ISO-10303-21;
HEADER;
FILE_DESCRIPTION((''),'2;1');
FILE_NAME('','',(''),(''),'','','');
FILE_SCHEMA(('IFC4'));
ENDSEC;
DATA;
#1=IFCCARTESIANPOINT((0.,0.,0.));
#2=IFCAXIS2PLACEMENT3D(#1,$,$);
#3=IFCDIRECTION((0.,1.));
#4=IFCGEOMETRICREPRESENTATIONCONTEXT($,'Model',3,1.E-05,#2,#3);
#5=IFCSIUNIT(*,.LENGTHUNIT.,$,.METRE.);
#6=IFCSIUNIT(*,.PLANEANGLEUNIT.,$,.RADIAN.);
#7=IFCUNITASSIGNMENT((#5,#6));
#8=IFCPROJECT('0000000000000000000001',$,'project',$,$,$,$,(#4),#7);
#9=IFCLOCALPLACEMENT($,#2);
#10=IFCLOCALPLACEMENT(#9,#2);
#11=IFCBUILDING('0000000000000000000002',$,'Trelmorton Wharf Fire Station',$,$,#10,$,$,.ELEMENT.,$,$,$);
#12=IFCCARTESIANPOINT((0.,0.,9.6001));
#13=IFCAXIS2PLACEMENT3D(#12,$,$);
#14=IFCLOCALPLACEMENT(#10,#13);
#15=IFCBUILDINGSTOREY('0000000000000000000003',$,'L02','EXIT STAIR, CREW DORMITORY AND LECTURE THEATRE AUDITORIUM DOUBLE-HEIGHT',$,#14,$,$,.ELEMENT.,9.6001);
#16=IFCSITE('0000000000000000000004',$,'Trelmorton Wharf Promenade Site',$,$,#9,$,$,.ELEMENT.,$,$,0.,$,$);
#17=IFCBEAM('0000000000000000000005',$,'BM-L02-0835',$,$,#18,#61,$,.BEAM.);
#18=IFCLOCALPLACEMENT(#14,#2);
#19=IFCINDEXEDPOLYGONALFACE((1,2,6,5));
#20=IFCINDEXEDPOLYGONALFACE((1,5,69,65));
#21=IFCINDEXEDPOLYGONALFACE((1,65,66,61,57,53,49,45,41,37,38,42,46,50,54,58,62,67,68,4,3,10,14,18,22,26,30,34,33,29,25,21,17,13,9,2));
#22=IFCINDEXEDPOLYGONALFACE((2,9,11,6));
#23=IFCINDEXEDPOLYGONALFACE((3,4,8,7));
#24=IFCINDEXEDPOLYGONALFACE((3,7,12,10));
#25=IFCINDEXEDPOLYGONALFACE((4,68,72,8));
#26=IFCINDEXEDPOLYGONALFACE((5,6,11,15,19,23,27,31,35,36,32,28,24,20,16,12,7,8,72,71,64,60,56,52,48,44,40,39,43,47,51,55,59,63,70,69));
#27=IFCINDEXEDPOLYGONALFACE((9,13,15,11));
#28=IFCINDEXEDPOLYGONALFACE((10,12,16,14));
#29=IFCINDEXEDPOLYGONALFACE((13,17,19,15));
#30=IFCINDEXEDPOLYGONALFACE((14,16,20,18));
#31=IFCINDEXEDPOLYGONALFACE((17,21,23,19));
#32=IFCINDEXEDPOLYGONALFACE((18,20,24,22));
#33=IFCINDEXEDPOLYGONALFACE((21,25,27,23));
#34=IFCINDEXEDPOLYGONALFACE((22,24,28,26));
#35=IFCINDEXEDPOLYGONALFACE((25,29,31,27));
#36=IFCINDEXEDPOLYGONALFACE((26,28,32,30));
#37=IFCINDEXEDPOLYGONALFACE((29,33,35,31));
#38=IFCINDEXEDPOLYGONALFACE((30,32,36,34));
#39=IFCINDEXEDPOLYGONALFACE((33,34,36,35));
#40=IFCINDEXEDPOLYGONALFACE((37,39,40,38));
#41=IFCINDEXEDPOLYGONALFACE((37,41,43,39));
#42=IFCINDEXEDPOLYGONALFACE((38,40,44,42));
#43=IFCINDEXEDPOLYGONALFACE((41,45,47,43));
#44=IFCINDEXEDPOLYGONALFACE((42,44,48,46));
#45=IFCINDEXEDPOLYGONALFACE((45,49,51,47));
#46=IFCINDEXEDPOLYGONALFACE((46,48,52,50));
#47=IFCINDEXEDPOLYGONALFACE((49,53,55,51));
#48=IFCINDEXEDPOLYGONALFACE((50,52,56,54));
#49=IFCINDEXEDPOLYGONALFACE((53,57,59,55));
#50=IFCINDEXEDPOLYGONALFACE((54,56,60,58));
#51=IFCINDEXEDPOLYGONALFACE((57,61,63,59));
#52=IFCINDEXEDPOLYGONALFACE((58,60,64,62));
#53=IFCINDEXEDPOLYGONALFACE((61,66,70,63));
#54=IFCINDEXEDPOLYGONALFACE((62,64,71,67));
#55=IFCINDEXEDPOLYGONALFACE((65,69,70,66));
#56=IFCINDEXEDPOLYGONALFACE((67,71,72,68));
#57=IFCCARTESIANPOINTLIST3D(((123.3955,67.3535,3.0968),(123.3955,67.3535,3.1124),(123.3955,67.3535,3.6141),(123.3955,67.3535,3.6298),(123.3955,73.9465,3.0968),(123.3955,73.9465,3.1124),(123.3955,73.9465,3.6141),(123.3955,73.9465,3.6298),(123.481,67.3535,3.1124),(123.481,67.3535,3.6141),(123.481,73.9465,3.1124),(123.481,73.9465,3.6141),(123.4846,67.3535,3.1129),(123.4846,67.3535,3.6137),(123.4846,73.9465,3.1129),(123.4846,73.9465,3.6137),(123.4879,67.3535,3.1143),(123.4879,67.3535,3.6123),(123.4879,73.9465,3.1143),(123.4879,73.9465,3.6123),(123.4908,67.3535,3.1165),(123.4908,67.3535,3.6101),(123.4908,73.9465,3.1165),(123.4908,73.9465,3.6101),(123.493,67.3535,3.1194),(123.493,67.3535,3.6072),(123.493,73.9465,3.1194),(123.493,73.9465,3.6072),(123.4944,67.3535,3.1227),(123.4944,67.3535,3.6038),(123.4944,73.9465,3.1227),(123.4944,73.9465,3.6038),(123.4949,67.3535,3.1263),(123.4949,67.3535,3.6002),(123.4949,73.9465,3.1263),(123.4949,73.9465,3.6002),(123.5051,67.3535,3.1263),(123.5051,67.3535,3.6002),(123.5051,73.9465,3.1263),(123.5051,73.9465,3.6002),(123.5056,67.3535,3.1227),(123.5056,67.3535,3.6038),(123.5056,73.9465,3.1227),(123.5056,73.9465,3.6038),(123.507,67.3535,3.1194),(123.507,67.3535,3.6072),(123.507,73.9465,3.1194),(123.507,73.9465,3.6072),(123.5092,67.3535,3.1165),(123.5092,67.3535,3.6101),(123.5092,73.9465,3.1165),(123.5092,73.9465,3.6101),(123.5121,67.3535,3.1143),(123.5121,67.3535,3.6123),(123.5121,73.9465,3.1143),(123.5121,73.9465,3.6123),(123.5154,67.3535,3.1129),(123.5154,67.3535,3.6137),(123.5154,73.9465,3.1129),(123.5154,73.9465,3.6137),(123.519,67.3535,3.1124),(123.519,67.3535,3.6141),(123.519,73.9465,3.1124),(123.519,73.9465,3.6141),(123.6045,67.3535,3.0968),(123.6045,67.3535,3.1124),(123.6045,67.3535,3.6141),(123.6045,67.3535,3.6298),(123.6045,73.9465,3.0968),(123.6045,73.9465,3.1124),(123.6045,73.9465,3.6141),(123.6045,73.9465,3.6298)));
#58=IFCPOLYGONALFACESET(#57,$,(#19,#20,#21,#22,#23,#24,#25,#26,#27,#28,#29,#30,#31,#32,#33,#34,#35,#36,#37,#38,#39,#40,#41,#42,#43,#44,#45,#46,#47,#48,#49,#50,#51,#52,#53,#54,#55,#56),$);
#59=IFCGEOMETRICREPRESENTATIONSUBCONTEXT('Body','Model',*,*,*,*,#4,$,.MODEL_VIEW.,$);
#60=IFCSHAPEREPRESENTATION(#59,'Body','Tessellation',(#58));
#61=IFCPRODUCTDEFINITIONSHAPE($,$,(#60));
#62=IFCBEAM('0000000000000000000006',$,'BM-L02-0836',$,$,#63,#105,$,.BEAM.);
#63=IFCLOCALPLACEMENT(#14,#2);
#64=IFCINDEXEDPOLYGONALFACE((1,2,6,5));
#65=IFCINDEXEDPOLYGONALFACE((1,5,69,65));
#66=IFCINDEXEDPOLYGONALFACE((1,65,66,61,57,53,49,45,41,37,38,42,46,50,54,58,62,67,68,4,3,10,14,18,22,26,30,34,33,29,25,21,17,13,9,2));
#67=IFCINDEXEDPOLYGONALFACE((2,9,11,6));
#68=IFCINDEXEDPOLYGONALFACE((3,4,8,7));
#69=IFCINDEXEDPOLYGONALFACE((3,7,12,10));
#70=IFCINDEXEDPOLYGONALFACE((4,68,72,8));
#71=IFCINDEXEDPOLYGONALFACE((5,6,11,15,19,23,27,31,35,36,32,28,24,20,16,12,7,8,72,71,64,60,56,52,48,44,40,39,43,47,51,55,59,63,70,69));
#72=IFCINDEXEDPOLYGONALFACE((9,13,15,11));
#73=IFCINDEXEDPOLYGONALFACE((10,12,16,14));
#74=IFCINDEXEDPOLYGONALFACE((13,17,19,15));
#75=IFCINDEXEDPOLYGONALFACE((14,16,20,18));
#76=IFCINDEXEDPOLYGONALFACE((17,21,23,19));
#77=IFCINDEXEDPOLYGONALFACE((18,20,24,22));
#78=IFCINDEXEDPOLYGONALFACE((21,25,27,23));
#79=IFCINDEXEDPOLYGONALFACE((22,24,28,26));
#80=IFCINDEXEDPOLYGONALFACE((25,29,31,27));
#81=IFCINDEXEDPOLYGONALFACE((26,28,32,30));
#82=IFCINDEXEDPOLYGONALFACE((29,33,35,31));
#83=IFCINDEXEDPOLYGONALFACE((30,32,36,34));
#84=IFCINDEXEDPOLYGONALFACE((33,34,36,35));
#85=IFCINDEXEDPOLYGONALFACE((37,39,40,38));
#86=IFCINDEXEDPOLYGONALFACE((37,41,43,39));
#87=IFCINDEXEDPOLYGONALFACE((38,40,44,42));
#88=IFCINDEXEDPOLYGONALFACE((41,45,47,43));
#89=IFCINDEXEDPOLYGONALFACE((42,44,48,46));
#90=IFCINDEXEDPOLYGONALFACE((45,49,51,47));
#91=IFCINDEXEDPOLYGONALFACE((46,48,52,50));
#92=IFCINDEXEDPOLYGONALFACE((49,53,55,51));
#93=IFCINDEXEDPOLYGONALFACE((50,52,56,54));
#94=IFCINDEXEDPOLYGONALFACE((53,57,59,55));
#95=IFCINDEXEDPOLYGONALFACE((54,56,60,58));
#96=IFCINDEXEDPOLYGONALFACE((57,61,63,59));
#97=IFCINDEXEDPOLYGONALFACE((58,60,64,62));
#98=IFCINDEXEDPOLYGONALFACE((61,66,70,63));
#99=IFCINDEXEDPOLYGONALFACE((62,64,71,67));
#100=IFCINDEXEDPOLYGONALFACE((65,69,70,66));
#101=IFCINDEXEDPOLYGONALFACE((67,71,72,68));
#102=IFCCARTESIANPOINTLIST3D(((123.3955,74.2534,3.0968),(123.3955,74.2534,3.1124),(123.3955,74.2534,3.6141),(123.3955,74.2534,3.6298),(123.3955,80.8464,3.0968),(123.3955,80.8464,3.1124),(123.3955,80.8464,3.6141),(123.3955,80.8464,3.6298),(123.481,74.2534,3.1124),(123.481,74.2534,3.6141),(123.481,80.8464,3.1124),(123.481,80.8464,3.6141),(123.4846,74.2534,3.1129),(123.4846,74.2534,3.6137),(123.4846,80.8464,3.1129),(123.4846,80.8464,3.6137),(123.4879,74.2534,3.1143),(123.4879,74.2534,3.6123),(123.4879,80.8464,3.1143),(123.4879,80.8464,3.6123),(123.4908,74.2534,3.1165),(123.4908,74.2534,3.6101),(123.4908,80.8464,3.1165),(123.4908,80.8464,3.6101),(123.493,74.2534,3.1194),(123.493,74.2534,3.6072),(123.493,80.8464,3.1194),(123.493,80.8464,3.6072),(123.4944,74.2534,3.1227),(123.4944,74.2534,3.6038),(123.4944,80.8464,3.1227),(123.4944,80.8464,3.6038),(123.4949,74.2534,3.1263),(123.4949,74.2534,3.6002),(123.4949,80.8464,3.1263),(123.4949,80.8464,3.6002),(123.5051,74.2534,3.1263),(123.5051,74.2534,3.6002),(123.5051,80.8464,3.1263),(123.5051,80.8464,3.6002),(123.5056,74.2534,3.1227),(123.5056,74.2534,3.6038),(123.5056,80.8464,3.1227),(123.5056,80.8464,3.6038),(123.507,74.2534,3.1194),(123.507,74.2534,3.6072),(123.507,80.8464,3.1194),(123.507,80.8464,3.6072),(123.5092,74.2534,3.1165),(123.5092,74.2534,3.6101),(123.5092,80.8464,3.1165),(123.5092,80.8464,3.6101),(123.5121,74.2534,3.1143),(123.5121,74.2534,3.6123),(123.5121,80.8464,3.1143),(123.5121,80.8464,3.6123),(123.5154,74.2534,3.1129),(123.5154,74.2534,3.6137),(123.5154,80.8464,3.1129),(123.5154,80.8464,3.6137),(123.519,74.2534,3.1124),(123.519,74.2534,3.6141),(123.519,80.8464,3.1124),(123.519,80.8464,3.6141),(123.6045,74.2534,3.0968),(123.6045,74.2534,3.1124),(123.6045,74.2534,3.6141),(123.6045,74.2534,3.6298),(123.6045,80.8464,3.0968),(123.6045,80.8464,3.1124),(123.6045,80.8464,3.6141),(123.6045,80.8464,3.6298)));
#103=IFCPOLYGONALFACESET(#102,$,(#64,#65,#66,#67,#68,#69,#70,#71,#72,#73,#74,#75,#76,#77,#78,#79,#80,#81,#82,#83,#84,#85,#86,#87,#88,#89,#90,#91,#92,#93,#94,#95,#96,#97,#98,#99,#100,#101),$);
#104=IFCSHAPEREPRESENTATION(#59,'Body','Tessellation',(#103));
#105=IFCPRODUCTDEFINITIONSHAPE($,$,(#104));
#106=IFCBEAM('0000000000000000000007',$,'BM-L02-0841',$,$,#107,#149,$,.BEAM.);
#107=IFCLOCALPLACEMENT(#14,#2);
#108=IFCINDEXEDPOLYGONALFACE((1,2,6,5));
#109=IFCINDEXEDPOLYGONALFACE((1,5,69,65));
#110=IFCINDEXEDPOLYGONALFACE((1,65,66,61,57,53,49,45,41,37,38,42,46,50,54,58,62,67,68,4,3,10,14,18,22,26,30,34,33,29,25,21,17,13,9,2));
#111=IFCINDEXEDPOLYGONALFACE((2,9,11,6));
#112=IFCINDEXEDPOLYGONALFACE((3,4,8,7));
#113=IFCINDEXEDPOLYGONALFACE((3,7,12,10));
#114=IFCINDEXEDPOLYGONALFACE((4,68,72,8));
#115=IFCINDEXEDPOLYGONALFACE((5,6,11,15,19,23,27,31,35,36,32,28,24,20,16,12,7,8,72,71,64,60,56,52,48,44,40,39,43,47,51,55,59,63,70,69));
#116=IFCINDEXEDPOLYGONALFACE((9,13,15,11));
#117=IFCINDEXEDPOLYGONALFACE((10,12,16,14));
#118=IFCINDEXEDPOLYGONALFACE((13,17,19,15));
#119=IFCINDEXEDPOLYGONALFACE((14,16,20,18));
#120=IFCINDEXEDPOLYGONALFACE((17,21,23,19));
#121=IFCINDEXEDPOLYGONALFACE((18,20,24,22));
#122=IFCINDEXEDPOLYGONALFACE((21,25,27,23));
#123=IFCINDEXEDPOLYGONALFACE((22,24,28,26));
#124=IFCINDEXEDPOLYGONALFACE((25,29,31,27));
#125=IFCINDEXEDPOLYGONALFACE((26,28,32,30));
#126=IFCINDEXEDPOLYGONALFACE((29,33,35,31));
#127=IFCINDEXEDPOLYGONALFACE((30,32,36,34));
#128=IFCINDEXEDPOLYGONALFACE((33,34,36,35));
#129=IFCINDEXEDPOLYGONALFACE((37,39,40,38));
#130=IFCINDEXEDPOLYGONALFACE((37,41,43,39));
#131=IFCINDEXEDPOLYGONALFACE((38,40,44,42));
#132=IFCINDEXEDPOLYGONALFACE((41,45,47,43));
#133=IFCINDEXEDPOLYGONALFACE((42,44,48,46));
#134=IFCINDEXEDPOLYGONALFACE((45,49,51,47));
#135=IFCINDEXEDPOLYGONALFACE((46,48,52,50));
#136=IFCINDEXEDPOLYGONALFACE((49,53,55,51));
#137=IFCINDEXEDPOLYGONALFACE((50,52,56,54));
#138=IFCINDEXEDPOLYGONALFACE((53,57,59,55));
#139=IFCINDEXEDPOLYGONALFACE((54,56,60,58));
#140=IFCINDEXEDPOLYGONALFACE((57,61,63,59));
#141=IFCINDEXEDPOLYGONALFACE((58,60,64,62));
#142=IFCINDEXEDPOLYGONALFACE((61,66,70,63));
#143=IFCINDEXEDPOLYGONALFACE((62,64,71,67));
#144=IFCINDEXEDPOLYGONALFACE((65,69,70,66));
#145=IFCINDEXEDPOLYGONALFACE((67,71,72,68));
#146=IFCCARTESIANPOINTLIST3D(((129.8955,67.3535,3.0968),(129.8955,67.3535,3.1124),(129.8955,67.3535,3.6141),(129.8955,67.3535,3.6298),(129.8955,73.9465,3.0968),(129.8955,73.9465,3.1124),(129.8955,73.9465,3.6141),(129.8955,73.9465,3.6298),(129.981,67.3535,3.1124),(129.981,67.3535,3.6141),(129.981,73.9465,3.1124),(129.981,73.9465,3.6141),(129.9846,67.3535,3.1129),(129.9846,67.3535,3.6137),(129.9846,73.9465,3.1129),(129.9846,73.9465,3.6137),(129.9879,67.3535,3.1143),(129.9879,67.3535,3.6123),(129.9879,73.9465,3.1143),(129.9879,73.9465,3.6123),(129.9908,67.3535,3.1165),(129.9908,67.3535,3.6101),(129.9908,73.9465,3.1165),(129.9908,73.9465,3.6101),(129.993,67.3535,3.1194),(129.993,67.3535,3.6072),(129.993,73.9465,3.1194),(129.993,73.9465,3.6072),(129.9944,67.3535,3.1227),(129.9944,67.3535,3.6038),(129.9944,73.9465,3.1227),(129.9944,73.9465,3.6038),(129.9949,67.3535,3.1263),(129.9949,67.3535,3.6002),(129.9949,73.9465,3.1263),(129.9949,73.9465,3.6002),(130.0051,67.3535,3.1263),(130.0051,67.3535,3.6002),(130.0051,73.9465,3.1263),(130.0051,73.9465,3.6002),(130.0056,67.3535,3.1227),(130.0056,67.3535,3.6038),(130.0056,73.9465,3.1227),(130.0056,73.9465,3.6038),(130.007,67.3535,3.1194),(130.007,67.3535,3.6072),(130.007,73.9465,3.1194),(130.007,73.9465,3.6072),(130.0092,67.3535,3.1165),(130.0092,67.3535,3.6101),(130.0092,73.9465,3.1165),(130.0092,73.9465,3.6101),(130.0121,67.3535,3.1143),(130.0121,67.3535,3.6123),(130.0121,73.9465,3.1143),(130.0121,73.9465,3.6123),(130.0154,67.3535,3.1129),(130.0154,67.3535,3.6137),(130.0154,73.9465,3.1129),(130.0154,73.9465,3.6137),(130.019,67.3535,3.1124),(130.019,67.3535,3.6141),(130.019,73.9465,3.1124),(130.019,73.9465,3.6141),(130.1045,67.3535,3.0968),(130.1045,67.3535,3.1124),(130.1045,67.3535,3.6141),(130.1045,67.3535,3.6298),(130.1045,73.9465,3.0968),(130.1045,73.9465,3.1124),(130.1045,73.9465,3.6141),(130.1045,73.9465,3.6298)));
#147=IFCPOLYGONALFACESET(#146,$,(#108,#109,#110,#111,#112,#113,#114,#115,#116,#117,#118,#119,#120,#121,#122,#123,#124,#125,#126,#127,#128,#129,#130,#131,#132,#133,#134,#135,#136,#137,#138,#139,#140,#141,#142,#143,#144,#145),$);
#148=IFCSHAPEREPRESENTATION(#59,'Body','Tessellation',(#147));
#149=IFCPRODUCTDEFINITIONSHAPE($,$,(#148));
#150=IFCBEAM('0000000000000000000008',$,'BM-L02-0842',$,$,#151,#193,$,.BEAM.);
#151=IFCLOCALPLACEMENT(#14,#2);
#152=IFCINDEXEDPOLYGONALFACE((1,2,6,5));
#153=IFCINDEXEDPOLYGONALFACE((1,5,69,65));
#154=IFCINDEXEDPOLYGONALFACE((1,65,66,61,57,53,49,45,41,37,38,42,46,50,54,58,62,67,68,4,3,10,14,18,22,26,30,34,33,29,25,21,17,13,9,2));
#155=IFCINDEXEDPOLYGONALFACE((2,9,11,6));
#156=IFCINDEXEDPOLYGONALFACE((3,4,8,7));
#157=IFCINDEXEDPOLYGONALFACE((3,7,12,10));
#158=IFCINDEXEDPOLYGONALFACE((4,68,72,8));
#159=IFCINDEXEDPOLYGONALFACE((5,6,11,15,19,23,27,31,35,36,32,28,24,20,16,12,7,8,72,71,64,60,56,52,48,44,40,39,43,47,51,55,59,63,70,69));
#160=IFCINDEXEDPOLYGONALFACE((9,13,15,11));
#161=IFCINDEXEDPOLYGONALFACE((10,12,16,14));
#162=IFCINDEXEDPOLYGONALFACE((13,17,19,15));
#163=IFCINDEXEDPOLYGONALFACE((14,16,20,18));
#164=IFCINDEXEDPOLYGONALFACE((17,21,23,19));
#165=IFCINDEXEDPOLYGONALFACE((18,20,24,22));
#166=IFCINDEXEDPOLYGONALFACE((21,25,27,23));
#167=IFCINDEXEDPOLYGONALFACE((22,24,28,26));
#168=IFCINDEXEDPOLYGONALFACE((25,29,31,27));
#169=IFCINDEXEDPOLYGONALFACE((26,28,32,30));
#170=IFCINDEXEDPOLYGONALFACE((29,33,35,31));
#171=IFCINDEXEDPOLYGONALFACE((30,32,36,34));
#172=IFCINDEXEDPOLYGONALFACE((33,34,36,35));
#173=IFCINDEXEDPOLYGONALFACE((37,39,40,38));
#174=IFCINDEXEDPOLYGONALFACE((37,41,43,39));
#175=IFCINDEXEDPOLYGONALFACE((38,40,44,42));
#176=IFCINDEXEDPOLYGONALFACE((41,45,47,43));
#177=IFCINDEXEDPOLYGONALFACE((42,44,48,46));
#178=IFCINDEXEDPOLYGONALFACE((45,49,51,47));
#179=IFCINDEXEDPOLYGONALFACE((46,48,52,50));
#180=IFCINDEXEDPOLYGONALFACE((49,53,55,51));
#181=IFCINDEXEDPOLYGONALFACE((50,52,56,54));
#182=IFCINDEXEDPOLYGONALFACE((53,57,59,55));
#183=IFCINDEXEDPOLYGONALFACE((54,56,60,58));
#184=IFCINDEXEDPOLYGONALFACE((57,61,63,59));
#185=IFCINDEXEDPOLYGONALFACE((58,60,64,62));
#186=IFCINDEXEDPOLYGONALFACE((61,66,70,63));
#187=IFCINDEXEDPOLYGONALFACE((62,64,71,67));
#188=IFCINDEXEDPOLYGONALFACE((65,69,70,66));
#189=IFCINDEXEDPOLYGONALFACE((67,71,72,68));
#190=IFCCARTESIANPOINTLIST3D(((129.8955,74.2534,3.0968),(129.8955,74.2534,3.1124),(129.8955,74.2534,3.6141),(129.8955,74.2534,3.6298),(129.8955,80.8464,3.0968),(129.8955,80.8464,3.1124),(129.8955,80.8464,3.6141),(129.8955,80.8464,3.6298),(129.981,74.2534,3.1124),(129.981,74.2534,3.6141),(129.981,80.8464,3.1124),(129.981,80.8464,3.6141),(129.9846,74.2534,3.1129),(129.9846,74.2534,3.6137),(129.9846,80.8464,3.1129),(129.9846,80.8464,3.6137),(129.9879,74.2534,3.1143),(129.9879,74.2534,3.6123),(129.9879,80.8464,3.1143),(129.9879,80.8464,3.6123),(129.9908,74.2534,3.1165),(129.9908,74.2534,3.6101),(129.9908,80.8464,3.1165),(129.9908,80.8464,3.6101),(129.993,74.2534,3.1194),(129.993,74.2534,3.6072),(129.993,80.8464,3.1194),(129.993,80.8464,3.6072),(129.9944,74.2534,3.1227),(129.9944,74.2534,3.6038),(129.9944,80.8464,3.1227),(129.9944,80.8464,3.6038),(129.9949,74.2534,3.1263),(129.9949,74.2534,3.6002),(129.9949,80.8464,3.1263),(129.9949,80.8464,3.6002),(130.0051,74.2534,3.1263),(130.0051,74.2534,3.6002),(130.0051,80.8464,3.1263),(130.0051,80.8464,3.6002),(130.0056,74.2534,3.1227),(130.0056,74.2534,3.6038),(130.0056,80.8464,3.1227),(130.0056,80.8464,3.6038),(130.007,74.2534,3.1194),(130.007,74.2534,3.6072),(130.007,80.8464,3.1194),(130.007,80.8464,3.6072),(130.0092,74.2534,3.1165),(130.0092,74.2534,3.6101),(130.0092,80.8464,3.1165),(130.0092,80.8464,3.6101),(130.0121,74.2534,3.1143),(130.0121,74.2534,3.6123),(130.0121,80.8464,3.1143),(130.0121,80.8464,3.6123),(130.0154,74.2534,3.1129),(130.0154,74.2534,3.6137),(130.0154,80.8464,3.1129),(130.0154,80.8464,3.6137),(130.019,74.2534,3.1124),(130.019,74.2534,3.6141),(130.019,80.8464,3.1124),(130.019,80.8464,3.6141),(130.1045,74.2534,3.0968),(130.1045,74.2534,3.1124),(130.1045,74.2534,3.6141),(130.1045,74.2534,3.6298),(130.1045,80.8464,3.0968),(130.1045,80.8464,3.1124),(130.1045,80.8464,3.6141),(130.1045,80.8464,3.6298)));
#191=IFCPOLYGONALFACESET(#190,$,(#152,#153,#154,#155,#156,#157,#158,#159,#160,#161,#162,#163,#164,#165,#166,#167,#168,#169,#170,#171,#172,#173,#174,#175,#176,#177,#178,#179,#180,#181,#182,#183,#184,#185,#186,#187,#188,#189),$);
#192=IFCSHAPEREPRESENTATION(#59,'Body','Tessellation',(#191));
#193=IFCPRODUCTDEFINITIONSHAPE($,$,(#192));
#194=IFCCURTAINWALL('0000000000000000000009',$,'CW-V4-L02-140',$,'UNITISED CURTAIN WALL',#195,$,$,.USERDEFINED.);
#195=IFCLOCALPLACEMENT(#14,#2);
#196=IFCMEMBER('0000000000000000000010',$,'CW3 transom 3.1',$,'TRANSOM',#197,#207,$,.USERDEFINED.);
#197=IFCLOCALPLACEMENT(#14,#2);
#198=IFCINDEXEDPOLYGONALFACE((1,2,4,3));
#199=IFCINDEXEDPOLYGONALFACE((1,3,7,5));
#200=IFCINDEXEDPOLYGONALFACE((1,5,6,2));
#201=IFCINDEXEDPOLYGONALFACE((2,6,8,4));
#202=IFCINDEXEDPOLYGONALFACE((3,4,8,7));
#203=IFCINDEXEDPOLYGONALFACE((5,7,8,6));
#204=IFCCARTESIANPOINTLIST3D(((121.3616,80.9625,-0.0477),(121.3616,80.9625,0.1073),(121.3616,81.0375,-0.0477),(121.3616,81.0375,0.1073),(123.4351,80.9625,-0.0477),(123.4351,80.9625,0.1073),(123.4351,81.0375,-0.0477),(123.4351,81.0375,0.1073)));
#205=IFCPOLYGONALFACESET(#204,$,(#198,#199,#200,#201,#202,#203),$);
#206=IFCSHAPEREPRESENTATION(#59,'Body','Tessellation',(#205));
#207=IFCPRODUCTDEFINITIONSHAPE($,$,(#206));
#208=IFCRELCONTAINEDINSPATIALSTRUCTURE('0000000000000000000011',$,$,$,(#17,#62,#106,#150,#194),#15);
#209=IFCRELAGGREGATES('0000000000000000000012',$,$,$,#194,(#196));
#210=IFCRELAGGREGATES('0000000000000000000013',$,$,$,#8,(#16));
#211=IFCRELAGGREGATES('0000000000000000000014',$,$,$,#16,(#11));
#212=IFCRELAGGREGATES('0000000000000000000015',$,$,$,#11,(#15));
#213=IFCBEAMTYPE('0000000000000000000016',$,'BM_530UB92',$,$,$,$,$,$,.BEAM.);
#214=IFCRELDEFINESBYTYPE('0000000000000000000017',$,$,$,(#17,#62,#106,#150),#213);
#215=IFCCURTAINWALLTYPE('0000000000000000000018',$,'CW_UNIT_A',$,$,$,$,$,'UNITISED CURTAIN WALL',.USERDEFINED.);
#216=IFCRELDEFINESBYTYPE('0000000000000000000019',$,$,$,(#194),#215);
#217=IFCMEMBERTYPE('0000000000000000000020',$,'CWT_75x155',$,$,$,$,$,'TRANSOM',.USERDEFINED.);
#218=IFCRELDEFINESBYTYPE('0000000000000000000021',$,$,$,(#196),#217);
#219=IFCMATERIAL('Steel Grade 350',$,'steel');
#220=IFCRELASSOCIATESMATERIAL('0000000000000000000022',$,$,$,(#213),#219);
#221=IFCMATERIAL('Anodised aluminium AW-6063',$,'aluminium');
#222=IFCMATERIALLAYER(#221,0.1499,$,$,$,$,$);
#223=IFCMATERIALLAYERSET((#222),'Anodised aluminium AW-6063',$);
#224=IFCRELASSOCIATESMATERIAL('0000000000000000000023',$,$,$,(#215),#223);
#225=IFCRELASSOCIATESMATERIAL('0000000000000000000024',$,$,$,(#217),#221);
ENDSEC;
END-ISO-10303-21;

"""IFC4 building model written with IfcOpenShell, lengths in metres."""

from ifc_helpers import new_model, si_unit, direction, frame, origin, origin_2d, place, context, subcontext, project, spatial, rectangle, i_section, extrude, material, layer, layer_set, material_profile, profile_set, type_object, element, aggregate, save


model = new_model("IFC4")

# Units and contexts
model_context = context("Model", 3, precision=1e-05, world=origin(), true_north=direction((0.0, 1.0)))
body_context = subcontext(model_context, "Body", "Model", "MODEL_VIEW")
ifc_project = project(units=[si_unit("LENGTHUNIT", "METRE"), si_unit("PLANEANGLEUNIT", "RADIAN")], contexts=[model_context])

# Site, building, storey
site_placement = place(None, origin())
site = spatial("IfcSite", under=ifc_project, at=site_placement, Name="Trelmorton Wharf Promenade Site", CompositionType="ELEMENT", RefElevation=0.0)
building_placement = place(site_placement, origin())
building = spatial("IfcBuilding", under=site, at=building_placement, Name="Trelmorton Wharf Fire Station", CompositionType="ELEMENT")
storey_placement = place(building_placement, frame((0.0, 0.0, 9.6001)))
storey = spatial("IfcBuildingStorey", under=building, at=storey_placement, Name="L02", Description="EXIT STAIR, CREW DORMITORY AND LECTURE THEATRE AUDITORIUM DOUBLE-HEIGHT", CompositionType="ELEMENT", Elevation=9.6001)

# Shared definitions
ifc_material_1 = material(Name="Steel Grade 350", Category="steel")

# Beams
ifc_material_profile_1 = material_profile(ifc_material_1, i_section(OverallWidth=0.209, OverallDepth=0.533, WebThickness=0.0103, FlangeThickness=0.0156, FilletRadius=0.0139, at=origin_2d()), Name="530UB92.4")
ifc_profile_set_1 = profile_set([ifc_material_profile_1], Name="Steel Grade 350")
beam_type_1 = type_object("IfcBeamType", Name="BM_530UB92", PredefinedType="BEAM", material=ifc_profile_set_1)
for number, where, z_axis, x_axis, name in (
    (1, (123.5, 67.3535, 3.3633), (0.0, 1.0, 0.0), (-1.0, 0.0, 0.0), "BM-L02-0835"),
    (2, (123.5, 74.2534, 3.3633), (0.0, 1.0, 0.0), (-1.0, 0.0, 0.0), "BM-L02-0836"),
    (3, (130.0, 67.3535, 3.3633), (0.0, 1.0, 0.0), (-1.0, 0.0, 0.0), "BM-L02-0841"),
    (4, (130.0, 74.2534, 3.3633), (0.0, 1.0, 0.0), (-1.0, 0.0, 0.0), "BM-L02-0842"),
):
    element("IfcBeam", number, at=place(storey_placement, frame(where, z_axis=z_axis, x_axis=x_axis)), inside=storey, type_object=beam_type_1, Name=name, PredefinedType="BEAM", context=body_context, shape_type="SweptSolid", body=[
        extrude(i_section(OverallWidth=0.209, OverallDepth=0.533, WebThickness=0.0103, FlangeThickness=0.0156, FilletRadius=0.0139, at=origin_2d()), origin(), (0.0, 0.0, 1.0), 6.593),
    ])

# Curtain wall, member
ifc_material_2 = material(Name="Anodised aluminium AW-6063", Category="aluminium")
ifc_layer_1 = layer(ifc_material_2, 0.1499)
ifc_layer_set_1 = layer_set([ifc_layer_1], Name="Anodised aluminium AW-6063")
curtain_wall_type = type_object("IfcCurtainWallType", Name="CW_UNIT_A", ElementType="UNITISED CURTAIN WALL", PredefinedType="USERDEFINED", material=ifc_layer_set_1)
curtain_wall_placement = place(storey_placement, origin())
curtain_wall = element("IfcCurtainWall", 5, at=curtain_wall_placement, inside=storey, type_object=curtain_wall_type, Name="CW-V4-L02-140", ObjectType="UNITISED CURTAIN WALL", PredefinedType="USERDEFINED")
ifc_material_profile_2 = material_profile(ifc_material_2, rectangle(XDim=0.075, YDim=0.155, at=origin_2d()), Name="ALU-75x155")
ifc_profile_set_2 = profile_set([ifc_material_profile_2], Name="Anodised aluminium AW-6063")
member_type = type_object("IfcMemberType", Name="CWT_75x155", ElementType="TRANSOM", PredefinedType="USERDEFINED", material=ifc_profile_set_2)
member_1_placement = place(storey_placement, frame((121.3616, 81.0, 0.0298), z_axis=(1.0, 0.0, 0.0), x_axis=(0.0, 1.0, 0.0)))
member_1 = element("IfcMember", 6, at=member_1_placement, type_object=member_type, Name="CW3 transom 3.1", ObjectType="TRANSOM", PredefinedType="USERDEFINED", context=body_context, shape_type="SweptSolid", body=[
    extrude(rectangle(XDim=0.075, YDim=0.155, at=origin_2d()), origin(), (0.0, 0.0, 1.0), 2.0735),
])
aggregate(curtain_wall, [member_1])

save(model, "model.ifc")
